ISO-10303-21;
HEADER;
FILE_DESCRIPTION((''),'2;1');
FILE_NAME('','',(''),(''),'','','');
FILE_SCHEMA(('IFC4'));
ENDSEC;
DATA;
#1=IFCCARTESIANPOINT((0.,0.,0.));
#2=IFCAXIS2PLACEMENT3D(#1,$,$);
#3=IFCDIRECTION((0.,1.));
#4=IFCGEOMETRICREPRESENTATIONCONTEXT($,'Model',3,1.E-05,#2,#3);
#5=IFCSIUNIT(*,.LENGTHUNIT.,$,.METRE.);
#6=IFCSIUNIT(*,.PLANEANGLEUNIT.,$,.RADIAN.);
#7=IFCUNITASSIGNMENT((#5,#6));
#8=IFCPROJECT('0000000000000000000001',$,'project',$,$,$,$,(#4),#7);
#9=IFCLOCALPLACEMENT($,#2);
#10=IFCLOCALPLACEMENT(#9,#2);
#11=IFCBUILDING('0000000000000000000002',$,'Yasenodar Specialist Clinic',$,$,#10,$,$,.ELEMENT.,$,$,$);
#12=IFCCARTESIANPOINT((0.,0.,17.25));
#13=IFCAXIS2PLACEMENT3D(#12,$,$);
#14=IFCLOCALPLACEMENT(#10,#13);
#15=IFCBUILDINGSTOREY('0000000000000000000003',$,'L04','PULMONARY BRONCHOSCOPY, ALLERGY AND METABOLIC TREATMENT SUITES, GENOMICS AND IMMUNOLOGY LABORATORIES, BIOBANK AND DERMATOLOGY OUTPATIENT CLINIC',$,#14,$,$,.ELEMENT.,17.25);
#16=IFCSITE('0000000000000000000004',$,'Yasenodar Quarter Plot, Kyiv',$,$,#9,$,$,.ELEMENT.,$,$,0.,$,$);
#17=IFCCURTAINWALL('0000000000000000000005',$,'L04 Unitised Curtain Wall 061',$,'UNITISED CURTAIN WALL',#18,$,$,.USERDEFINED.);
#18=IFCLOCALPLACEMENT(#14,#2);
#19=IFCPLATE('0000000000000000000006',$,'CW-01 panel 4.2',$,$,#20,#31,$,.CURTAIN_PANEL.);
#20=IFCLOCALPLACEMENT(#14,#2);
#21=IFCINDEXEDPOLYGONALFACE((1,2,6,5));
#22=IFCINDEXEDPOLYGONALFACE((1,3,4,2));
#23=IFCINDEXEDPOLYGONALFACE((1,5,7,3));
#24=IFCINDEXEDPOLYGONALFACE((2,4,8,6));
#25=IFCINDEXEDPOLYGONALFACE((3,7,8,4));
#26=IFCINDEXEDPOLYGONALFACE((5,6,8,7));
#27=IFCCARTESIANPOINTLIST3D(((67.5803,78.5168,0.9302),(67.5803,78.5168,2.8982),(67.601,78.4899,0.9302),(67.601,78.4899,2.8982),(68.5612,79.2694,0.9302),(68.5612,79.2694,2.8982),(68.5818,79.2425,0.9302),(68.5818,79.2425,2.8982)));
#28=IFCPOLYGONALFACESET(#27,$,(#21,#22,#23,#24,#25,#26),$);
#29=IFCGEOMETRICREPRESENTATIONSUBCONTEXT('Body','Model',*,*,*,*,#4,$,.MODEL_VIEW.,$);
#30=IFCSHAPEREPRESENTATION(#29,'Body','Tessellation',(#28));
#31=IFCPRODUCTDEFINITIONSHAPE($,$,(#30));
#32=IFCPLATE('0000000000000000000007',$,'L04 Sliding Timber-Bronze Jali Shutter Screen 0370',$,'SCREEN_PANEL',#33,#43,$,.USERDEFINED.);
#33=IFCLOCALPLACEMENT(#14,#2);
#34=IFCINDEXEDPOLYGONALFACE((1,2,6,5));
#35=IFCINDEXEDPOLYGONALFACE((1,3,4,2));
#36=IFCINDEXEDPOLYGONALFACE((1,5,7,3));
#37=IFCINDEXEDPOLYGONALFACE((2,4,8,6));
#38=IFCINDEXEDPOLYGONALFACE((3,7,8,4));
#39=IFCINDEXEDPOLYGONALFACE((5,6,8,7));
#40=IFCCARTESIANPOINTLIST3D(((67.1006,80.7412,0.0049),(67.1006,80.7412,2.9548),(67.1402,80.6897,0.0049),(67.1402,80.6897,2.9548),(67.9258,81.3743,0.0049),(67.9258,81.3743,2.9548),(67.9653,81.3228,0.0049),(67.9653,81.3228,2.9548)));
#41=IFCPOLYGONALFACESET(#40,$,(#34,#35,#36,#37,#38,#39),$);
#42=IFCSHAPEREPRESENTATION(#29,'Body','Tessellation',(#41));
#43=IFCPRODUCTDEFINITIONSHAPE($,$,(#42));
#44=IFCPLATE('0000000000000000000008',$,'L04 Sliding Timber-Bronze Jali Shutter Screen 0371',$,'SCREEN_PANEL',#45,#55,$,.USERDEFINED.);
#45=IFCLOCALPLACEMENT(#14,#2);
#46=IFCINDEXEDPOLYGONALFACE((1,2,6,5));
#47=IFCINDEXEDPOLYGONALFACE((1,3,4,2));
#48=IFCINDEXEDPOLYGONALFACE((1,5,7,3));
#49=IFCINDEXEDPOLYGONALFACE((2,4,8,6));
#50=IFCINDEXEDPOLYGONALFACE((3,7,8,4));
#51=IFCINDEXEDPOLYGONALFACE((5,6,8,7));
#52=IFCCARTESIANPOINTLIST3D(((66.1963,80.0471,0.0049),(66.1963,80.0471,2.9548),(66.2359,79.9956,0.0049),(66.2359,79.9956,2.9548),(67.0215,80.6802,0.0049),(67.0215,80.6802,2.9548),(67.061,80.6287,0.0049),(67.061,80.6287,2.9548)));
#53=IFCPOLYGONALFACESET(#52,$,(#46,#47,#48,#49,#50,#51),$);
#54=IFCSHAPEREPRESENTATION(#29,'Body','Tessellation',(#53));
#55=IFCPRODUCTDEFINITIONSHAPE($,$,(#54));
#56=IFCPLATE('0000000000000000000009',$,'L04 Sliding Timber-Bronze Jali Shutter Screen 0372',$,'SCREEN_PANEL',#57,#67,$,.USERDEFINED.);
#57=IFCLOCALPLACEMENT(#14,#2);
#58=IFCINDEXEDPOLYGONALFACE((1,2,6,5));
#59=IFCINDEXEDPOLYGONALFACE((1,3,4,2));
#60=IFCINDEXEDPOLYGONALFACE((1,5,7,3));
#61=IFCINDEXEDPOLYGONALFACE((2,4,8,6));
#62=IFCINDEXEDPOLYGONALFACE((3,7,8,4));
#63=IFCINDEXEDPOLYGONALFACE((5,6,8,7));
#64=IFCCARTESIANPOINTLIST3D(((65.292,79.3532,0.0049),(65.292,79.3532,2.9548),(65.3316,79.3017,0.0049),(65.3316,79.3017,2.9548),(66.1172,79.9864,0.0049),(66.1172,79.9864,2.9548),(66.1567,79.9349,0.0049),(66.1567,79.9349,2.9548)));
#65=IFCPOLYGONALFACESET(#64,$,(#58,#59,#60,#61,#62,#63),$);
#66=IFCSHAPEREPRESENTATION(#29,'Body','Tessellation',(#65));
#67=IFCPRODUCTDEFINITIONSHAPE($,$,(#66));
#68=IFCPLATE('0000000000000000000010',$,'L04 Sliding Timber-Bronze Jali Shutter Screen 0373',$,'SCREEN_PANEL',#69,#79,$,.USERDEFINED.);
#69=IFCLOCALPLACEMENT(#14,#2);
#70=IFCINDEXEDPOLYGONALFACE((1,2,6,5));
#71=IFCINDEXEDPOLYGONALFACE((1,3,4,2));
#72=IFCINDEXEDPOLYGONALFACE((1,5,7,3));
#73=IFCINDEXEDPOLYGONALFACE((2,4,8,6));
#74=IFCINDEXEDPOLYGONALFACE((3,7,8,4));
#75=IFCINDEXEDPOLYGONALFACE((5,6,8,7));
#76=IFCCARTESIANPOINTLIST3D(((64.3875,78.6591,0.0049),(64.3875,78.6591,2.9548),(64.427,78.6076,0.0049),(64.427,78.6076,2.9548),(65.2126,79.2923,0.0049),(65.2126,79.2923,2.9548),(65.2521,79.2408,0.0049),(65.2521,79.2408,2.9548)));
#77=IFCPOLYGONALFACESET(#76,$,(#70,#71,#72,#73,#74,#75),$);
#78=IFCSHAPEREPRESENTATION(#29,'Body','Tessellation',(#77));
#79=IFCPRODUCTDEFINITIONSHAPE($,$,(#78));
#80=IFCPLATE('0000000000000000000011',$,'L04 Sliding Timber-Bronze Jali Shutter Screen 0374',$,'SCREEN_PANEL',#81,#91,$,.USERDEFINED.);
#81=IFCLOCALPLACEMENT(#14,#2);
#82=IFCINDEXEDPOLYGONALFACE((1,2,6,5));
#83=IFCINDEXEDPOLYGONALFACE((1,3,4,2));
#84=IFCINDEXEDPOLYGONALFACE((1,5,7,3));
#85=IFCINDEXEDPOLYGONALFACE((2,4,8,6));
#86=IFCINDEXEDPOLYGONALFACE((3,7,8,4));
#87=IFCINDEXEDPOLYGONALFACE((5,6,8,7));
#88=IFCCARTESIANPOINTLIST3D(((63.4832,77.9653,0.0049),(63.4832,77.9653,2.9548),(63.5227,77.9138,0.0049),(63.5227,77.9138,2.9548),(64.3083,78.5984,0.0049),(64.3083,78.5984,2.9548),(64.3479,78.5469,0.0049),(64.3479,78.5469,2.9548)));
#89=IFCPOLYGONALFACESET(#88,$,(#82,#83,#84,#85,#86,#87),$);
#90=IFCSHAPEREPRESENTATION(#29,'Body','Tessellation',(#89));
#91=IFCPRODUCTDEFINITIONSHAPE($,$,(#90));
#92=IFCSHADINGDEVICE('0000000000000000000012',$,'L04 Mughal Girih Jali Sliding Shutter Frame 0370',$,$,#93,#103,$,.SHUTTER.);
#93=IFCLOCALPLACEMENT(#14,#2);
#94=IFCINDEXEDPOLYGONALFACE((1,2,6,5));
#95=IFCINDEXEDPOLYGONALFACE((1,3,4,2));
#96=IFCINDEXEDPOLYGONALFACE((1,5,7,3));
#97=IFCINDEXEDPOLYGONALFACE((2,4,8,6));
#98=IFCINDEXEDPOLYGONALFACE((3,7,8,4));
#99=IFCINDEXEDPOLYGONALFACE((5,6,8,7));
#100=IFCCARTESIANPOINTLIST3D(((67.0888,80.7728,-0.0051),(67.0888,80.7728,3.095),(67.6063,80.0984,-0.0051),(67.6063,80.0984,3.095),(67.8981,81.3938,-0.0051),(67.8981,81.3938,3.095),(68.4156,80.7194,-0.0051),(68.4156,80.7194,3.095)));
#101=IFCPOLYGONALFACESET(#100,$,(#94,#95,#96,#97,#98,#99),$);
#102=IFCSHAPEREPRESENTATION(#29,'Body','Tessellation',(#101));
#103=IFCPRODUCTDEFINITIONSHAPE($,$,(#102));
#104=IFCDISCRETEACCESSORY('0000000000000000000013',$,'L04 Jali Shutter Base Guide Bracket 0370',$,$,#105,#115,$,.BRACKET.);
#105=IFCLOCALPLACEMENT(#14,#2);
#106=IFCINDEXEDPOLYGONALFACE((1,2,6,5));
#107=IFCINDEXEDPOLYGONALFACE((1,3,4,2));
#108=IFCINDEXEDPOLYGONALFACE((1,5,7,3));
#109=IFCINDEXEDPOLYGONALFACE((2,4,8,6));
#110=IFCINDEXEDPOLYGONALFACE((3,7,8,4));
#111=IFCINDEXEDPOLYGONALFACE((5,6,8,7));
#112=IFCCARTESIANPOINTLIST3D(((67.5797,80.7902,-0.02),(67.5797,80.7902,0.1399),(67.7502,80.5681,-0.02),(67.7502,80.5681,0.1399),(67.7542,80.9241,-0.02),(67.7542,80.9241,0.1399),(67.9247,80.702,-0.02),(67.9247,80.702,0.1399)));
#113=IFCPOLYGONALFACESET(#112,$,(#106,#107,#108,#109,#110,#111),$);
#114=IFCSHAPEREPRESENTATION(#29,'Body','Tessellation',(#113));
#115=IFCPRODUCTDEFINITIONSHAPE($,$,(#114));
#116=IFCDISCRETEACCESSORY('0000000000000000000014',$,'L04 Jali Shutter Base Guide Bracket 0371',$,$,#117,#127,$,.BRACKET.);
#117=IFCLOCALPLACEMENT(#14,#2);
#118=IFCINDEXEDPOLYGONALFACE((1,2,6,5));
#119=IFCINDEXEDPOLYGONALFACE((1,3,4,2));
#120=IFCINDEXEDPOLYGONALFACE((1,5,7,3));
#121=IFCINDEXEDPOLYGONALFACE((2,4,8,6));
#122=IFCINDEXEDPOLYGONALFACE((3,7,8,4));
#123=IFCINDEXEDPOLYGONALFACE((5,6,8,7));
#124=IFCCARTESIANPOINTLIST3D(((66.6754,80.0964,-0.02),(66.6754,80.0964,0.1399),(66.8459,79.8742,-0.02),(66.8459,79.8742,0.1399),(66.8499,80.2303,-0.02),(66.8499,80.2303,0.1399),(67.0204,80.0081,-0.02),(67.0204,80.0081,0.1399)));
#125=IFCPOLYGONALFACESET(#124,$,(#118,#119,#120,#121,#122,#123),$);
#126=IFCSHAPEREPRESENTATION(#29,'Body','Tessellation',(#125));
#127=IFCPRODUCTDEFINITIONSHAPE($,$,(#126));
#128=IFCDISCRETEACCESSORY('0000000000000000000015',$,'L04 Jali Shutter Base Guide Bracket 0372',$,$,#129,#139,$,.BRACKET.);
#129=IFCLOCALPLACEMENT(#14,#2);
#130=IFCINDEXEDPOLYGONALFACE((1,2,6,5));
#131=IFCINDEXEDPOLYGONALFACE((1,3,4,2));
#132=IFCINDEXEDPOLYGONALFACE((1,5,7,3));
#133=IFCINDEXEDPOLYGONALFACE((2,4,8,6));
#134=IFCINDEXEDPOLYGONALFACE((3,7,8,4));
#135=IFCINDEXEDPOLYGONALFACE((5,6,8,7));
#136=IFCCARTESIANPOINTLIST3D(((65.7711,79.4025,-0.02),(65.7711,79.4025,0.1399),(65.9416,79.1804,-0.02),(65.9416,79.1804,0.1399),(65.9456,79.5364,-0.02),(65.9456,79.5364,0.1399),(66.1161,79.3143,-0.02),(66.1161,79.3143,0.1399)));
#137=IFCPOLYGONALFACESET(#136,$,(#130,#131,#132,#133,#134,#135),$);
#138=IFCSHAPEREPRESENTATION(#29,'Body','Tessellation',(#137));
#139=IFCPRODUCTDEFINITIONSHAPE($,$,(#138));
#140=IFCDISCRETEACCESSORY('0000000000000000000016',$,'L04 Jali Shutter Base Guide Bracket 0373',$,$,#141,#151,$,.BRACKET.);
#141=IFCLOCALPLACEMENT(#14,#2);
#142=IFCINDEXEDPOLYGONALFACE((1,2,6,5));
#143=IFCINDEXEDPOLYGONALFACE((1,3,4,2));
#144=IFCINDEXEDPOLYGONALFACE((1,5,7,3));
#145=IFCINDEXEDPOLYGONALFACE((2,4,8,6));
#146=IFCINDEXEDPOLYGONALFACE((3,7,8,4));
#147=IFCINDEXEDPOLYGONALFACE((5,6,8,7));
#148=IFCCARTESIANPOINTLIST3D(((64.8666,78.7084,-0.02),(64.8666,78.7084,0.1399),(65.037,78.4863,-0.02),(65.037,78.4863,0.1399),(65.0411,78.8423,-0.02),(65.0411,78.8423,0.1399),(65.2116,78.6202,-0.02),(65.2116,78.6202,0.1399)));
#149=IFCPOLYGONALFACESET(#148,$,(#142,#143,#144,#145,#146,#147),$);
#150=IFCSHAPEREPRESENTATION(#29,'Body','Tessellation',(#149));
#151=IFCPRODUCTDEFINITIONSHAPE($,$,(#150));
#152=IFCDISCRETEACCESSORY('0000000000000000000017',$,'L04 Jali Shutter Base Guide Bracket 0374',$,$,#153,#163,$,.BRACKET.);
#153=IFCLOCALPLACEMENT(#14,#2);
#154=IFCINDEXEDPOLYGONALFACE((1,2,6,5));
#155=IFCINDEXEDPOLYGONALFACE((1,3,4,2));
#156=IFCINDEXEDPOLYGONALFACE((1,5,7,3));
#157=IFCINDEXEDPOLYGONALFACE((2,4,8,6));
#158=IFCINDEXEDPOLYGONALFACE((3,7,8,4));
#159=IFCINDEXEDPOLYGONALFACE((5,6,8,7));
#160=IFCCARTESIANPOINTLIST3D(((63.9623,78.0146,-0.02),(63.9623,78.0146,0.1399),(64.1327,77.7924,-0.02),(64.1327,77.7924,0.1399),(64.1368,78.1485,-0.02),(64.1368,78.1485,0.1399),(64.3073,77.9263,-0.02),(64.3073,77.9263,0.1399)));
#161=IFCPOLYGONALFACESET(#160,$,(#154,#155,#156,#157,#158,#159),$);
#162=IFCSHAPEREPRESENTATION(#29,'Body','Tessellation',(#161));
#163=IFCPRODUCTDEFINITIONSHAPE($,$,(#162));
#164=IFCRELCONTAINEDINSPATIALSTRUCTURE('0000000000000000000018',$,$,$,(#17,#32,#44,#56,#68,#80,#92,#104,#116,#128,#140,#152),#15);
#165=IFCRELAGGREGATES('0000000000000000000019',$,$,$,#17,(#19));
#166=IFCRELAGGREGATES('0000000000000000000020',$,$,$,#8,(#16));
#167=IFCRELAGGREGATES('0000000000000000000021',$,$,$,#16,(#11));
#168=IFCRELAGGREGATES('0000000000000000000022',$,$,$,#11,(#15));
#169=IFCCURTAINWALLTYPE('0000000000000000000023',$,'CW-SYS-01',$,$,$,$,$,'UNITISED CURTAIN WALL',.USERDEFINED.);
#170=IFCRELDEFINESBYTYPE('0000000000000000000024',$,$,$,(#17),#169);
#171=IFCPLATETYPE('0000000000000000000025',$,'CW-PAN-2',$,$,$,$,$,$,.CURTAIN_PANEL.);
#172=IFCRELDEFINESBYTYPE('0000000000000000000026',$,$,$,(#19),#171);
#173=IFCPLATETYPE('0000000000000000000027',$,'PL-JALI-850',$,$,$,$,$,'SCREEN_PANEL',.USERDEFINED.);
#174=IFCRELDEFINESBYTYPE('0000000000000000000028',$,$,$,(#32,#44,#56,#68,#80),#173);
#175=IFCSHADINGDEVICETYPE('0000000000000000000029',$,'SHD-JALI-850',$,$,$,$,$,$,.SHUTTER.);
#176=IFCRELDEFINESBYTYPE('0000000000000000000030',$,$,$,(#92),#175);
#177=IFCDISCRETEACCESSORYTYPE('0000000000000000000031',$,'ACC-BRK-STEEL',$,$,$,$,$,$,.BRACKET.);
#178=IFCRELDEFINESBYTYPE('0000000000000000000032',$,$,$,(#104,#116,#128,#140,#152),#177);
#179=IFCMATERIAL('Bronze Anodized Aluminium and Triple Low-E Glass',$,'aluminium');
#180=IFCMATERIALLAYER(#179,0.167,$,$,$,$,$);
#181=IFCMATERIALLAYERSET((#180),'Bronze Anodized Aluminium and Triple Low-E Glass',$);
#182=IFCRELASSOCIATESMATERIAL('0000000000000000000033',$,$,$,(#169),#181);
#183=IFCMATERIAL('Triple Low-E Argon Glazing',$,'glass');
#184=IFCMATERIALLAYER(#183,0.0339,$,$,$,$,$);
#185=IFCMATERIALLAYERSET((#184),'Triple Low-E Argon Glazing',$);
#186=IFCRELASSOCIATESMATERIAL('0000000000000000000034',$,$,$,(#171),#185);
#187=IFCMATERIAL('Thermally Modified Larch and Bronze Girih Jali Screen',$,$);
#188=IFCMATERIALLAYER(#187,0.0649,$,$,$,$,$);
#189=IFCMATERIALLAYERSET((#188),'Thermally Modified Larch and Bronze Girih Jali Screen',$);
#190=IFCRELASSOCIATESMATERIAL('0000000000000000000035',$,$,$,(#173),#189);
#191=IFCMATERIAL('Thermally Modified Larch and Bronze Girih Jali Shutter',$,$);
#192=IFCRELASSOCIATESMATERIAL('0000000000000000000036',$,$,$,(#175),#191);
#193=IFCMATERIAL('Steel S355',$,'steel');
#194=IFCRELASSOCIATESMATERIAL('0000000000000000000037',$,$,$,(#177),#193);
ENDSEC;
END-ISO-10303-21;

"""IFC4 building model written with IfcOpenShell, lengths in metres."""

from ifc_helpers import new_model, si_unit, direction, frame, origin, origin_2d, place, context, subcontext, project, spatial, rectangle, extrude, material, layer, layer_set, type_object, element, aggregate, save


model = new_model("IFC4")

# Units and contexts
model_context = context("Model", 3, precision=1e-05, world=origin(), true_north=direction((0.0, 1.0)))
body_context = subcontext(model_context, "Body", "Model", "MODEL_VIEW")
ifc_project = project(units=[si_unit("LENGTHUNIT", "METRE"), si_unit("PLANEANGLEUNIT", "RADIAN")], contexts=[model_context])

# Site, building, storey
site_placement = place(None, origin())
site = spatial("IfcSite", under=ifc_project, at=site_placement, Name="Yasenodar Quarter Plot, Kyiv", CompositionType="ELEMENT", RefElevation=0.0)
building_placement = place(site_placement, origin())
building = spatial("IfcBuilding", under=site, at=building_placement, Name="Yasenodar Specialist Clinic", CompositionType="ELEMENT")
storey_placement = place(building_placement, frame((0.0, 0.0, 17.25)))
storey = spatial("IfcBuildingStorey", under=building, at=storey_placement, Name="L04", Description="PULMONARY BRONCHOSCOPY, ALLERGY AND METABOLIC TREATMENT SUITES, GENOMICS AND IMMUNOLOGY LABORATORIES, BIOBANK AND DERMATOLOGY OUTPATIENT CLINIC", CompositionType="ELEMENT", Elevation=17.25)

# Curtain wall, plate
ifc_material_1 = material(Name="Bronze Anodized Aluminium and Triple Low-E Glass", Category="aluminium")
ifc_layer_1 = layer(ifc_material_1, 0.167)
ifc_layer_set_1 = layer_set([ifc_layer_1], Name="Bronze Anodized Aluminium and Triple Low-E Glass")
curtain_wall_type = type_object("IfcCurtainWallType", Name="CW-SYS-01", ElementType="UNITISED CURTAIN WALL", PredefinedType="USERDEFINED", material=ifc_layer_set_1)
curtain_wall_placement = place(storey_placement, origin())
curtain_wall = element("IfcCurtainWall", 1, at=curtain_wall_placement, inside=storey, type_object=curtain_wall_type, Name="L04 Unitised Curtain Wall 061", ObjectType="UNITISED CURTAIN WALL", PredefinedType="USERDEFINED")
ifc_material_2 = material(Name="Triple Low-E Argon Glazing", Category="glass")
ifc_layer_2 = layer(ifc_material_2, 0.0339)
ifc_layer_set_2 = layer_set([ifc_layer_2], Name="Triple Low-E Argon Glazing")
plate_type_1 = type_object("IfcPlateType", Name="CW-PAN-2", PredefinedType="CURTAIN_PANEL", material=ifc_layer_set_2)
plate_1_placement = place(storey_placement, frame((68.0811, 78.8796, 0.9302), z_axis=(0.0, 0.0, 1.0), x_axis=(0.793361, 0.608752, 0.0)))
plate_1 = element("IfcPlate", 2, at=plate_1_placement, type_object=plate_type_1, Name="CW-01 panel 4.2", PredefinedType="CURTAIN_PANEL", context=body_context, shape_type="SweptSolid", body=[
    extrude(rectangle(XDim=1.2363, YDim=0.0339, at=origin_2d()), origin(), (0.0, 0.0, 1.0), 1.968),
])
aggregate(curtain_wall, [plate_1])

# Plates
ifc_material_3 = material(Name="Thermally Modified Larch and Bronze Girih Jali Screen")
ifc_layer_3 = layer(ifc_material_3, 0.0649)
ifc_layer_set_3 = layer_set([ifc_layer_3], Name="Thermally Modified Larch and Bronze Girih Jali Screen")
plate_type_2 = type_object("IfcPlateType", Name="PL-JALI-850", ElementType="SCREEN_PANEL", PredefinedType="USERDEFINED", material=ifc_layer_set_3)
for number, where, z_axis, x_axis, name in (
    (3, (67.533, 81.032, 0.0049), (0.0, 0.0, 1.0), (-0.793351, -0.608764, 0.0), "L04 Sliding Timber-Bronze Jali Shutter Screen 0370"),
    (4, (66.6287, 80.3379, 0.0049), (0.0, 0.0, 1.0), (-0.793351, -0.608764, 0.0), "L04 Sliding Timber-Bronze Jali Shutter Screen 0371"),
    (5, (65.7244, 79.644, 0.0049), (0.0, 0.0, 1.0), (-0.793351, -0.608764, 0.0), "L04 Sliding Timber-Bronze Jali Shutter Screen 0372"),
    (6, (64.8198, 78.95, 0.0049), (0.0, 0.0, 1.0), (-0.793351, -0.608764, 0.0), "L04 Sliding Timber-Bronze Jali Shutter Screen 0373"),
    (7, (63.9155, 78.2561, 0.0049), (0.0, 0.0, 1.0), (-0.793351, -0.608764, 0.0), "L04 Sliding Timber-Bronze Jali Shutter Screen 0374"),
):
    element("IfcPlate", number, at=place(storey_placement, frame(where, z_axis=z_axis, x_axis=x_axis)), inside=storey, type_object=plate_type_2, Name=name, ObjectType="SCREEN_PANEL", PredefinedType="USERDEFINED", context=body_context, shape_type="SweptSolid", body=[
        extrude(rectangle(XDim=1.04, YDim=0.0649, at=origin_2d()), origin(), (0.0, 0.0, 1.0), 2.95),
    ])

# Shading device
ifc_material_4 = material(Name="Thermally Modified Larch and Bronze Girih Jali Shutter")
shading_device_type = type_object("IfcShadingDeviceType", Name="SHD-JALI-850", PredefinedType="SHUTTER", material=ifc_material_4)
shading_device_placement = place(storey_placement, frame((67.7522, 80.7461, -0.0051), z_axis=(0.0, 0.0, 1.0), x_axis=(-0.793351, -0.608764, 0.0)))
element("IfcShadingDevice", 8, at=shading_device_placement, inside=storey, type_object=shading_device_type, Name="L04 Mughal Girih Jali Sliding Shutter Frame 0370", PredefinedType="SHUTTER", context=body_context, shape_type="SweptSolid", body=[
    extrude(rectangle(XDim=1.02, YDim=0.8501, at=origin_2d()), origin(), (0.0, 0.0, 1.0), 3.1001),
])

# Discrete accessories
ifc_material_5 = material(Name="Steel S355", Category="steel")
discrete_accessory_type = type_object("IfcDiscreteAccessoryType", Name="ACC-BRK-STEEL", PredefinedType="BRACKET", material=ifc_material_5)
for number, where, z_axis, x_axis, name in (
    (9, (67.7522, 80.7461, -0.02), (0.0, 0.0, 1.0), (-0.793351, -0.608764, 0.0), "L04 Jali Shutter Base Guide Bracket 0370"),
    (10, (66.8479, 80.0522, -0.02), (0.0, 0.0, 1.0), (-0.793351, -0.608764, 0.0), "L04 Jali Shutter Base Guide Bracket 0371"),
    (11, (65.9436, 79.3584, -0.02), (0.0, 0.0, 1.0), (-0.793351, -0.608764, 0.0), "L04 Jali Shutter Base Guide Bracket 0372"),
    (12, (65.0391, 78.6643, -0.02), (0.0, 0.0, 1.0), (-0.793351, -0.608764, 0.0), "L04 Jali Shutter Base Guide Bracket 0373"),
    (13, (64.1348, 77.9705, -0.02), (0.0, 0.0, 1.0), (-0.793351, -0.608764, 0.0), "L04 Jali Shutter Base Guide Bracket 0374"),
):
    element("IfcDiscreteAccessory", number, at=place(storey_placement, frame(where, z_axis=z_axis, x_axis=x_axis)), inside=storey, type_object=discrete_accessory_type, Name=name, PredefinedType="BRACKET", context=body_context, shape_type="SweptSolid", body=[
        extrude(rectangle(XDim=0.22, YDim=0.28, at=origin_2d()), origin(), (0.0, 0.0, 1.0), 0.1599),
    ])

save(model, "model.ifc")
